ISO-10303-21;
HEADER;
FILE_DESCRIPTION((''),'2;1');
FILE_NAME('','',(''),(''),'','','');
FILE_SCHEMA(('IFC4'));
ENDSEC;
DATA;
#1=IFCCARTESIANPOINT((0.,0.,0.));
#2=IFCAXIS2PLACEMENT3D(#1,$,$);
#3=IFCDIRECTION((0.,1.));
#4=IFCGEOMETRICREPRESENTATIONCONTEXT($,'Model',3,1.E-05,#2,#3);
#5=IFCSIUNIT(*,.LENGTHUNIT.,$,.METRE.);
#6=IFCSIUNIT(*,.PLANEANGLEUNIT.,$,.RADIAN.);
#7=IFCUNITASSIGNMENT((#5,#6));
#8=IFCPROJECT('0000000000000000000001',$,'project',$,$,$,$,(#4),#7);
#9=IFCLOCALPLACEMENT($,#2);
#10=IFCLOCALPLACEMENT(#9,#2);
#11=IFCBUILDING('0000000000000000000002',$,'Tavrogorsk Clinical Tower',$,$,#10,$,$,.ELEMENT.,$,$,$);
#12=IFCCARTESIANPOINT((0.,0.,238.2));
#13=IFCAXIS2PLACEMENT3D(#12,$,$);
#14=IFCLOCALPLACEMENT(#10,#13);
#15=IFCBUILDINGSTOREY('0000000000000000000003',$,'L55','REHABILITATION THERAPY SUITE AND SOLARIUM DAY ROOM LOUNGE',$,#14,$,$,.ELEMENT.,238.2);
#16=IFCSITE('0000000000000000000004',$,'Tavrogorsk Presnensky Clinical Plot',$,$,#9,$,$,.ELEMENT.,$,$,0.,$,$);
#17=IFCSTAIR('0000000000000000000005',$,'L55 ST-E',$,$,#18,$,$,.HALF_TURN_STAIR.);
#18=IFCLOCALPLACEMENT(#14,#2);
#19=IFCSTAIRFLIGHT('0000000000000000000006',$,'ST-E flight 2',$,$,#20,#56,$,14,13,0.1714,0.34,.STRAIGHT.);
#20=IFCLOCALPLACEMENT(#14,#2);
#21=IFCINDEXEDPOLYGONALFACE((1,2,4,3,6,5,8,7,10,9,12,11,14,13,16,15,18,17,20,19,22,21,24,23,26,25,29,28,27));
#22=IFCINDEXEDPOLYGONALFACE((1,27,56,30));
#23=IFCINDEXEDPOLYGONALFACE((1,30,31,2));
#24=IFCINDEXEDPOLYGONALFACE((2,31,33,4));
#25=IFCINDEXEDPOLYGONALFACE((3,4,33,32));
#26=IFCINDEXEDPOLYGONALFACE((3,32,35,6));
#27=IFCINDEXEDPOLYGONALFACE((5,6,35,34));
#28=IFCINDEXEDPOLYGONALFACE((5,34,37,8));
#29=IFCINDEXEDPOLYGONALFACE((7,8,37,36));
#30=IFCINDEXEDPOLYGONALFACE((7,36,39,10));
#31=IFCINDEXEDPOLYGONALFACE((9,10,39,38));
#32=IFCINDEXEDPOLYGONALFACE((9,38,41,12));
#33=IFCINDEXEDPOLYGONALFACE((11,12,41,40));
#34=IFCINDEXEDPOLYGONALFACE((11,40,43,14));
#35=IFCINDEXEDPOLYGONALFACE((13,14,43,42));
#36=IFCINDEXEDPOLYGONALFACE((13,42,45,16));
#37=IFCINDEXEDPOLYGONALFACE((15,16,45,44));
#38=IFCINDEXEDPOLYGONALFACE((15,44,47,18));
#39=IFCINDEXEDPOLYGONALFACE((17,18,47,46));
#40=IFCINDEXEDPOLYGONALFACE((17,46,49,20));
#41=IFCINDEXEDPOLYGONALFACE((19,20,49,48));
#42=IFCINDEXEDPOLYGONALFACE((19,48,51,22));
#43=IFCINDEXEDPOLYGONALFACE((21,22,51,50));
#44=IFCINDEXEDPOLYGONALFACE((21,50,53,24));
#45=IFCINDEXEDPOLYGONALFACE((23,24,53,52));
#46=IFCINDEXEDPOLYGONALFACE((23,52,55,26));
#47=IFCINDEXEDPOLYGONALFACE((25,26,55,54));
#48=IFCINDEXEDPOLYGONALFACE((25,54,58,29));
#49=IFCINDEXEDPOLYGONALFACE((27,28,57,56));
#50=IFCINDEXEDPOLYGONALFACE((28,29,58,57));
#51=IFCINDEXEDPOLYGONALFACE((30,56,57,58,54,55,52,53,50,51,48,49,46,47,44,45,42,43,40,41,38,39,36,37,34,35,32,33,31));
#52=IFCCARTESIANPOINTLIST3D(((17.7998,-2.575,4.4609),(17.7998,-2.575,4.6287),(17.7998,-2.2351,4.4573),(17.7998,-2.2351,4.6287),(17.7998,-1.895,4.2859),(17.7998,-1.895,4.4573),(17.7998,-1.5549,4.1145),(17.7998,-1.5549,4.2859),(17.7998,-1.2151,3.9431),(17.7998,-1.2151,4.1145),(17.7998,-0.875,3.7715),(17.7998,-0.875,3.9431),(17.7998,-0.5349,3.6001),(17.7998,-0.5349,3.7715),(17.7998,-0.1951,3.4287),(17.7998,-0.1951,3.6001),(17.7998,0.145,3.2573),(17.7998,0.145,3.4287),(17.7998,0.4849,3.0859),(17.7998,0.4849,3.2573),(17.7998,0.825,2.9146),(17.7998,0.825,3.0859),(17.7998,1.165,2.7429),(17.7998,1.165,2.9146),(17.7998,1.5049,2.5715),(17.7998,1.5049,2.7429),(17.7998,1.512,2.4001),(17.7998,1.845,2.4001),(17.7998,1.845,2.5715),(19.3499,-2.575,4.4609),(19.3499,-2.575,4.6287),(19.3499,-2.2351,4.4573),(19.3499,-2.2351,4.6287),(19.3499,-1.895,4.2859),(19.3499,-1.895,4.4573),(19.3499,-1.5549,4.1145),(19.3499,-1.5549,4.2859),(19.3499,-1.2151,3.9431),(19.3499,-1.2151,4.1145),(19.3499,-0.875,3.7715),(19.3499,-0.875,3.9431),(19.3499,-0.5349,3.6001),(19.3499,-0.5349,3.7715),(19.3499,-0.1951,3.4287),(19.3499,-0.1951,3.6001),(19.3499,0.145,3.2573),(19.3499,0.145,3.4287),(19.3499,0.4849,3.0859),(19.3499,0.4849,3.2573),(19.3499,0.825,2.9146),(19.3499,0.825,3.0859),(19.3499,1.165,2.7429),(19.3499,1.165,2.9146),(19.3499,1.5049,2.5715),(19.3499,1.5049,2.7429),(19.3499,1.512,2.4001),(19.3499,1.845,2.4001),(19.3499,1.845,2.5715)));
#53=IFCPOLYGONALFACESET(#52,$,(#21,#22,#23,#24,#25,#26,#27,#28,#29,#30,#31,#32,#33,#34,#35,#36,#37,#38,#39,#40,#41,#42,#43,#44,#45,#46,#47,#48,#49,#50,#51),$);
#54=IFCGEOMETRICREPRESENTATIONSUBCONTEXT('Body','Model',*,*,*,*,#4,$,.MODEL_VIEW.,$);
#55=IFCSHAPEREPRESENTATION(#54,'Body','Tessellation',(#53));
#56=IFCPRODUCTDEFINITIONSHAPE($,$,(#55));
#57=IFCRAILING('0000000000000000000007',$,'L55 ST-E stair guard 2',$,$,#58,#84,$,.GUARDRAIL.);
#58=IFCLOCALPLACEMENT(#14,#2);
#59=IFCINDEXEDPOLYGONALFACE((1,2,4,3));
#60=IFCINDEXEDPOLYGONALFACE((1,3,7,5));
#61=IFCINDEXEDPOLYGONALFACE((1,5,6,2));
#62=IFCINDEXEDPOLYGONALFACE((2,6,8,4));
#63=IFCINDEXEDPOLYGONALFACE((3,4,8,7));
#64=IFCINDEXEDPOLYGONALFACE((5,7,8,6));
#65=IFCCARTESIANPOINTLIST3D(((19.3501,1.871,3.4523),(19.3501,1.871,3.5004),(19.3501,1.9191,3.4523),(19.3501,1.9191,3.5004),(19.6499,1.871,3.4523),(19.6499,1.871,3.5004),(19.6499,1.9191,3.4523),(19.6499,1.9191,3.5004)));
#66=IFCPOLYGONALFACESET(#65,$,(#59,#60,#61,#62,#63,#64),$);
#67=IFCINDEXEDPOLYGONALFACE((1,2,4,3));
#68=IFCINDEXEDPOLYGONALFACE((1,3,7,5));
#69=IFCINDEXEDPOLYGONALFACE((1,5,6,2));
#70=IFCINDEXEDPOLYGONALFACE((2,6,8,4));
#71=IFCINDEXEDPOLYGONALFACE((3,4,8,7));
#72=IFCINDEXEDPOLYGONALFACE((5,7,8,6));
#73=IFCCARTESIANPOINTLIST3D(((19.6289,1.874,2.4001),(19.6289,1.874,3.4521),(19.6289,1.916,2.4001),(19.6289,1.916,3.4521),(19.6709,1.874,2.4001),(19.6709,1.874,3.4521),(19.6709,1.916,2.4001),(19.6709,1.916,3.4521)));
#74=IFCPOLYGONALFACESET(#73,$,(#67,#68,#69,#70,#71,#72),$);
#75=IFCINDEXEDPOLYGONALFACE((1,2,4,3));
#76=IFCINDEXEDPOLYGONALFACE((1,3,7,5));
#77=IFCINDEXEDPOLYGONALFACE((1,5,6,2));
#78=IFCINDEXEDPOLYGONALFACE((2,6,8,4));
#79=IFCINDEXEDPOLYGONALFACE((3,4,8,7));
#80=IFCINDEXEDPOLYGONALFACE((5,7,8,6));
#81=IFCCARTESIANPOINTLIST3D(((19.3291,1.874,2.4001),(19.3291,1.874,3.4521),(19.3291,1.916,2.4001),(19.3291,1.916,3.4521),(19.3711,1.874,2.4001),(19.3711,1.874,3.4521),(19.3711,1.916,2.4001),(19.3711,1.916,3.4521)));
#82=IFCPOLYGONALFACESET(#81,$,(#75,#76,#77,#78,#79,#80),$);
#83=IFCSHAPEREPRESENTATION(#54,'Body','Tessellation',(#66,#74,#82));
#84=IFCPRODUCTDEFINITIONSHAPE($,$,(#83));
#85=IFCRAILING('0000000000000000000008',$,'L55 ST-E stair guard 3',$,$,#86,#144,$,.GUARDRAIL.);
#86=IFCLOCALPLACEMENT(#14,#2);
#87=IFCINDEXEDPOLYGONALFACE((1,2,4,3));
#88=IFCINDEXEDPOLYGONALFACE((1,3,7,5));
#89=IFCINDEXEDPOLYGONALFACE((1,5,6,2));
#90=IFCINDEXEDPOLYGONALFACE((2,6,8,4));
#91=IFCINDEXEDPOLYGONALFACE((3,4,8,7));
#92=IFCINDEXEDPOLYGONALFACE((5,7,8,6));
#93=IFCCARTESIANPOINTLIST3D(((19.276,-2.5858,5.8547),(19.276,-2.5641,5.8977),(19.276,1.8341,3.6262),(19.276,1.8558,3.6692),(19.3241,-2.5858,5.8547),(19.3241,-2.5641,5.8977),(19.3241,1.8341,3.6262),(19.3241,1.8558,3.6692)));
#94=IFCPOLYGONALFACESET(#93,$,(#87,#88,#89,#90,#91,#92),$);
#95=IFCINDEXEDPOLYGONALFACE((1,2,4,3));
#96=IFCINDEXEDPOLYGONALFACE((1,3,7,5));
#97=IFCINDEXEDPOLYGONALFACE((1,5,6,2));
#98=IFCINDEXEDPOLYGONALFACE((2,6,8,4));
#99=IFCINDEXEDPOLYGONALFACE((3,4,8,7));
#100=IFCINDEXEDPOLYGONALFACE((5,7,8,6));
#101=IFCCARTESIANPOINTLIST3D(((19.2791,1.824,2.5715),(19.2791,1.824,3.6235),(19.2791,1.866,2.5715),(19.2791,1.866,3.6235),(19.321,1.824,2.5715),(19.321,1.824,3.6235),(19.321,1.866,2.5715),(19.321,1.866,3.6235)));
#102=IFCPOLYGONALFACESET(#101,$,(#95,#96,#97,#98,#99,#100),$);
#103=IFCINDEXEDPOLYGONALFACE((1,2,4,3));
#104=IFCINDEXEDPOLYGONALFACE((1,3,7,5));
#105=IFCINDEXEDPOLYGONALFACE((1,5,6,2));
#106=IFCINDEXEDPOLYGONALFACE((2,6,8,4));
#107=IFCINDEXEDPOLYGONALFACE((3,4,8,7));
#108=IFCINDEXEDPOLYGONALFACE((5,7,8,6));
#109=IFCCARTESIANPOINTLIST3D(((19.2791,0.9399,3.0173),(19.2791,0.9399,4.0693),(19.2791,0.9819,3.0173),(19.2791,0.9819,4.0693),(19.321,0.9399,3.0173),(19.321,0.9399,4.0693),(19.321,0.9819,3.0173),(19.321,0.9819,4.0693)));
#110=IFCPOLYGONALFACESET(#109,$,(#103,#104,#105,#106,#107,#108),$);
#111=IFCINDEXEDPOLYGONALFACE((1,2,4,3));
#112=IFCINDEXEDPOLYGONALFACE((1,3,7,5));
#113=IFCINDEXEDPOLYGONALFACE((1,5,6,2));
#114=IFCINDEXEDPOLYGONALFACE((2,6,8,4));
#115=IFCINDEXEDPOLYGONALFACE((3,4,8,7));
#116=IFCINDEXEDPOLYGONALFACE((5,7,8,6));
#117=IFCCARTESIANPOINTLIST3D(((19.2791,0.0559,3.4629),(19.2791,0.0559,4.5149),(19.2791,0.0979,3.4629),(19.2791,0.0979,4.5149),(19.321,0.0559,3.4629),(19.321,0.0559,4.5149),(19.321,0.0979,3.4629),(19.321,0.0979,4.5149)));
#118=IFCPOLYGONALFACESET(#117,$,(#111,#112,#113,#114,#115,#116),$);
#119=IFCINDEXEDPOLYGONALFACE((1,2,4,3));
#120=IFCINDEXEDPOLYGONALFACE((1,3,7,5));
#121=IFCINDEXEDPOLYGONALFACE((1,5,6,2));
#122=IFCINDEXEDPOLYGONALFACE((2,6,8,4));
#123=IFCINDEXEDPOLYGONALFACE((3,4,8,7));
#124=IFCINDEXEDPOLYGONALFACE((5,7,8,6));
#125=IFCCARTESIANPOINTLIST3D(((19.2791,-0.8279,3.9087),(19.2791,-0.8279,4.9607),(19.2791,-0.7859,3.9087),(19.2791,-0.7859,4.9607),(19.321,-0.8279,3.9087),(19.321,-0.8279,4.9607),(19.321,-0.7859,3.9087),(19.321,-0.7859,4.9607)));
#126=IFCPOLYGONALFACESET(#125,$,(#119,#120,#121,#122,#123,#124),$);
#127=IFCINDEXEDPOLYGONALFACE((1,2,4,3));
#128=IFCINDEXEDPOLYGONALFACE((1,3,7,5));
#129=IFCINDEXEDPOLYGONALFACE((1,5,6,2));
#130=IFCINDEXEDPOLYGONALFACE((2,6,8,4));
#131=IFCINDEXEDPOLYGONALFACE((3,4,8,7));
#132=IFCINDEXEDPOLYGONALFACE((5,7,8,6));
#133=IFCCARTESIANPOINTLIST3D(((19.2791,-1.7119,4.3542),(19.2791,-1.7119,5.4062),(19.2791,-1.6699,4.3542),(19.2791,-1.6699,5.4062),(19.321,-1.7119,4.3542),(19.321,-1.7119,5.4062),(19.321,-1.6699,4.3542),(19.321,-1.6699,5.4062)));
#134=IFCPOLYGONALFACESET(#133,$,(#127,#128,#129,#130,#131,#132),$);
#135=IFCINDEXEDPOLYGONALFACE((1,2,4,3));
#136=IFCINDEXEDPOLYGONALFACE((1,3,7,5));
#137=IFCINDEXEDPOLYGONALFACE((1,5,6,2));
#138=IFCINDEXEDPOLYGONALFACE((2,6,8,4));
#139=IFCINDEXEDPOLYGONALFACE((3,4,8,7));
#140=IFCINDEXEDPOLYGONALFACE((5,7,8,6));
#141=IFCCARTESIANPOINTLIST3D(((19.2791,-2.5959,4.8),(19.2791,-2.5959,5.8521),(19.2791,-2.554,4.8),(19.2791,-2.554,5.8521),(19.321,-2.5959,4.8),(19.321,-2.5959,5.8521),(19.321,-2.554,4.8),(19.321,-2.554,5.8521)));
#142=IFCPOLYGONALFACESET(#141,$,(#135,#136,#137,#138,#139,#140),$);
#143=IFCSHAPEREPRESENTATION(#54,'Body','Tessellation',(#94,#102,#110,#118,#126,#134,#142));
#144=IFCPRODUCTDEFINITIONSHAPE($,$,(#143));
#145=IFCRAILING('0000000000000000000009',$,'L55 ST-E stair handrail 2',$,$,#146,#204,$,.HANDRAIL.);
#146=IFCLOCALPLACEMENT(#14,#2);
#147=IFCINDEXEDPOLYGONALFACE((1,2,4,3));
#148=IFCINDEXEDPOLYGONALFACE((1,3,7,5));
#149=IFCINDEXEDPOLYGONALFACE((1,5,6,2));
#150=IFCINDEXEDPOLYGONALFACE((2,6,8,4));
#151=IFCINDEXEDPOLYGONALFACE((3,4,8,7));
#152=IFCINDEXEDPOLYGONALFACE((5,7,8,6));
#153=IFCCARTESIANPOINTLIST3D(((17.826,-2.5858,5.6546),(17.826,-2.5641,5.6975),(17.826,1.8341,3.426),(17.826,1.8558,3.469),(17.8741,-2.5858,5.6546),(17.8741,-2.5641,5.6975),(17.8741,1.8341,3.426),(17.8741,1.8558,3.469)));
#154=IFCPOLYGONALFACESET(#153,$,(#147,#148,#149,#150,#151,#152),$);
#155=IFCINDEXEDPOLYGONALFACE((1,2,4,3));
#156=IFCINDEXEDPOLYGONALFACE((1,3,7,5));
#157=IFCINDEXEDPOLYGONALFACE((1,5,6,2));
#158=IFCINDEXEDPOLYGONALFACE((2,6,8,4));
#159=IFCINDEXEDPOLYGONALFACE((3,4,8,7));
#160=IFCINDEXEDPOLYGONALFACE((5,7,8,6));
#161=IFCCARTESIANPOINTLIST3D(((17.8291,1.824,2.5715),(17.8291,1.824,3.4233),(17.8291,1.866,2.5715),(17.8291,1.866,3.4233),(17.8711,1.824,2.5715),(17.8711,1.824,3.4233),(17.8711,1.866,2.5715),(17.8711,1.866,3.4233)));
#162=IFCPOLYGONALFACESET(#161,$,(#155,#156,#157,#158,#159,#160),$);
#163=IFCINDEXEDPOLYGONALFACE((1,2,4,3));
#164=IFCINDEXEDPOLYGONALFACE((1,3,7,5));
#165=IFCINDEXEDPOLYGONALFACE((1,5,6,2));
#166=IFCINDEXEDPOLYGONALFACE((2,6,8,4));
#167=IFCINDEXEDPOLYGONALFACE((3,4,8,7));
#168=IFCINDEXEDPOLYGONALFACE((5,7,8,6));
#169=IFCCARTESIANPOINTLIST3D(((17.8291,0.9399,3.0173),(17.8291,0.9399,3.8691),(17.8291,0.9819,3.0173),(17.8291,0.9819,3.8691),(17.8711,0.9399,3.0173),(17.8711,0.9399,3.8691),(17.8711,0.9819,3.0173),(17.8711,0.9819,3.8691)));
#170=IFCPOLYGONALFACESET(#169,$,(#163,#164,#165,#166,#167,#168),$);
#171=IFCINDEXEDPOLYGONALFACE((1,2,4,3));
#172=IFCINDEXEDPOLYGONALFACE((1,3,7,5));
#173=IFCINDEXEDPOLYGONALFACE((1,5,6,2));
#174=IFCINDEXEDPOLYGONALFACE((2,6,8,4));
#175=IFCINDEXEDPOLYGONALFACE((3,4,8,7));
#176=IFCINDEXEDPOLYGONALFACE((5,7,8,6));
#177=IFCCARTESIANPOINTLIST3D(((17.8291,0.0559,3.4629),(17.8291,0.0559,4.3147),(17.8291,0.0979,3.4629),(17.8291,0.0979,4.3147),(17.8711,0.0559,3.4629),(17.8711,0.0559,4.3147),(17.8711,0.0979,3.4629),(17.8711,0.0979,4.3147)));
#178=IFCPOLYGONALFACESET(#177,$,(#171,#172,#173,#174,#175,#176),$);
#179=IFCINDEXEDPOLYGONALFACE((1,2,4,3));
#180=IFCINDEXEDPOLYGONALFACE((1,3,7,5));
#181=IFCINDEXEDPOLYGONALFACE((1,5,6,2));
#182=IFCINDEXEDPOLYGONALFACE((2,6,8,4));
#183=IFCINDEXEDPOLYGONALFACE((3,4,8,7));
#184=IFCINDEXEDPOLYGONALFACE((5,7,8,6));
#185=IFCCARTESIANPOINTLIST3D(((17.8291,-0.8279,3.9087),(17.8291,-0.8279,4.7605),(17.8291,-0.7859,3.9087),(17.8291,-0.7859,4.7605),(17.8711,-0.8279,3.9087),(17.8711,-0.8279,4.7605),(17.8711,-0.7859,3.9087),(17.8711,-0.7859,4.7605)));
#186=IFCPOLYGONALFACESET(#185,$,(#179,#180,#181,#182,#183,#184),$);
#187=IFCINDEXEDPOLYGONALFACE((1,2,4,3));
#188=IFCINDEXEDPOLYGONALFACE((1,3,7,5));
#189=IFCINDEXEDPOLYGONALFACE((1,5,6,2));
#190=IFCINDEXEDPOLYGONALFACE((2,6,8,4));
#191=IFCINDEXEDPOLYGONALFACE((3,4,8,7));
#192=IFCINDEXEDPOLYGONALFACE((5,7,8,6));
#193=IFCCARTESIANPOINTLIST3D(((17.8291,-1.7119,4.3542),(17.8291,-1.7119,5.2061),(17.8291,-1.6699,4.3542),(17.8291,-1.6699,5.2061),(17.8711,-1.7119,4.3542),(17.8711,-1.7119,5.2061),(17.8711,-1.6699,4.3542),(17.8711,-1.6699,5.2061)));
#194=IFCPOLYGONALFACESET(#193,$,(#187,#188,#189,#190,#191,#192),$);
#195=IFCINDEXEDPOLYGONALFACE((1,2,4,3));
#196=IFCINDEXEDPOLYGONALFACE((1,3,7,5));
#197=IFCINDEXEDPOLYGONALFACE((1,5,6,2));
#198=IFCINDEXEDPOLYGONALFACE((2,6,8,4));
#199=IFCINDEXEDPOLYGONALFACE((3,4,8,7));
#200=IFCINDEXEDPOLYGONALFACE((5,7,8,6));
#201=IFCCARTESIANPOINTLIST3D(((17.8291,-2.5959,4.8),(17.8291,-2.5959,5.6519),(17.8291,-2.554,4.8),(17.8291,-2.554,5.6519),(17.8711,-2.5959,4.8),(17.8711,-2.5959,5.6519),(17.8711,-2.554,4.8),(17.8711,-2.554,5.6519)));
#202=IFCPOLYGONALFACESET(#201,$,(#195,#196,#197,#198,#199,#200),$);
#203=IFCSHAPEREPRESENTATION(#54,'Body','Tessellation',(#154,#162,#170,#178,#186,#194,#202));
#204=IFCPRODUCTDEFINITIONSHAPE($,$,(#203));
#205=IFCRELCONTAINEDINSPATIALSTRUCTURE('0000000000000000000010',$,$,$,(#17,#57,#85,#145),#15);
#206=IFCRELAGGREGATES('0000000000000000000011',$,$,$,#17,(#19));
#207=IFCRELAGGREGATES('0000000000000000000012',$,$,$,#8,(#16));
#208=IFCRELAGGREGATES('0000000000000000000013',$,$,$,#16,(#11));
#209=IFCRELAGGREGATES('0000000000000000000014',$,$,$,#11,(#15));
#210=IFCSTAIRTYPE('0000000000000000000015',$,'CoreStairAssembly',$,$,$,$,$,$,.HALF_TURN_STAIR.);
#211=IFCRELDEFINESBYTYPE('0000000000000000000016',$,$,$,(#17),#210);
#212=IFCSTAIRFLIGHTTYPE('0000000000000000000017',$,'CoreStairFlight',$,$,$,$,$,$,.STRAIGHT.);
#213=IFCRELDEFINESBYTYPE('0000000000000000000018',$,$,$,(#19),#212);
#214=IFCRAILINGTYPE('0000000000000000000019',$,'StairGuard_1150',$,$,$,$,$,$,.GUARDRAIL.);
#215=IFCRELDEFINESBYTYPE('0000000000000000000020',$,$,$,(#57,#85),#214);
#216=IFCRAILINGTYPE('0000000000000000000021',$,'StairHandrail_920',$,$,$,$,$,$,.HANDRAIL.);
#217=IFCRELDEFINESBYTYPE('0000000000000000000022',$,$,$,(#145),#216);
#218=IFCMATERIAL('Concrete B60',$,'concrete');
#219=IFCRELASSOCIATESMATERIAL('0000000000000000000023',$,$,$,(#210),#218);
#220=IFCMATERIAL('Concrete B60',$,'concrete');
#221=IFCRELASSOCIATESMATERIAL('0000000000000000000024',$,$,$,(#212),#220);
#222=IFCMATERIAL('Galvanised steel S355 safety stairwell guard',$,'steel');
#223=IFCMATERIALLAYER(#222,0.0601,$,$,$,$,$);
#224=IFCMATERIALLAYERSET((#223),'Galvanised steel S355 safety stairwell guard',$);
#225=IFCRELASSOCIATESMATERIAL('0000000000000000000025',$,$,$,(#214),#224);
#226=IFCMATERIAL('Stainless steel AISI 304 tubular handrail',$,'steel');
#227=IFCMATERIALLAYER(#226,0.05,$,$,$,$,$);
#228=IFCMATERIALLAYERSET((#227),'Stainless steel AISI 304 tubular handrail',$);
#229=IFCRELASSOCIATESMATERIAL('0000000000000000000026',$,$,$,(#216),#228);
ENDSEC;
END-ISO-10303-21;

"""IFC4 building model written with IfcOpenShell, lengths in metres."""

from ifc_helpers import new_model, si_unit, direction, frame, origin, origin_2d, place, context, subcontext, project, spatial, polyline, rectangle, outline, extrude, material, layer, layer_set, type_object, element, aggregate, save


model = new_model("IFC4")

# Units and contexts
model_context = context("Model", 3, precision=1e-05, world=origin(), true_north=direction((0.0, 1.0)))
body_context = subcontext(model_context, "Body", "Model", "MODEL_VIEW")
ifc_project = project(units=[si_unit("LENGTHUNIT", "METRE"), si_unit("PLANEANGLEUNIT", "RADIAN")], contexts=[model_context])

# Site, building, storey
site_placement = place(None, origin())
site = spatial("IfcSite", under=ifc_project, at=site_placement, Name="Tavrogorsk Presnensky Clinical Plot", CompositionType="ELEMENT", RefElevation=0.0)
building_placement = place(site_placement, origin())
building = spatial("IfcBuilding", under=site, at=building_placement, Name="Tavrogorsk Clinical Tower", CompositionType="ELEMENT")
storey_placement = place(building_placement, frame((0.0, 0.0, 238.2)))
storey = spatial("IfcBuildingStorey", under=building, at=storey_placement, Name="L55", Description="REHABILITATION THERAPY SUITE AND SOLARIUM DAY ROOM LOUNGE", CompositionType="ELEMENT", Elevation=238.2)

# Stair, stair flight
ifc_material_1 = material(Name="Concrete B60", Category="concrete")
stair_type = type_object("IfcStairType", Name="CoreStairAssembly", PredefinedType="HALF_TURN_STAIR", material=ifc_material_1)
stair_placement = place(storey_placement, origin())
stair = element("IfcStair", 1, at=stair_placement, inside=storey, type_object=stair_type, Name="L55 ST-E", PredefinedType="HALF_TURN_STAIR")
ifc_material_2 = material(Name="Concrete B60", Category="concrete")
stair_flight_type = type_object("IfcStairFlightType", Name="CoreStairFlight", PredefinedType="STRAIGHT", material=ifc_material_2)
stair_flight_placement = place(storey_placement, frame((18.575, 1.845, 2.4001), z_axis=(0.0, 0.0, 1.0), x_axis=(0.0, -1.0, 0.0)))
stair_flight = element("IfcStairFlight", 2, at=stair_flight_placement, type_object=stair_flight_type, Name="ST-E flight 2", NumberOfRisers=14, NumberOfTreads=13, PredefinedType="STRAIGHT", RiserHeight=0.1714, TreadLength=0.34, context=body_context, shape_type="SweptSolid", body=[
    extrude(outline(polyline([(0.0, 0.0), (0.0, 0.1714), (0.3401, 0.1714), (0.3401, 0.3428), (0.6799, 0.3428), (0.6799, 0.5144), (1.02, 0.5144), (1.02, 0.6858), (1.3601, 0.6858), (1.3601, 0.8572), (1.7, 0.8572), (1.7, 1.0286), (2.04, 1.0286), (2.04, 1.2), (2.3799, 1.2), (2.3799, 1.3713), (2.72, 1.3713), (2.72, 1.543), (3.0601, 1.543), (3.0601, 1.7144), (3.3999, 1.7144), (3.3999, 1.8857), (3.74, 1.8857), (3.74, 2.0571), (4.0801, 2.0571), (4.0801, 2.2285), (4.4199, 2.2285), (4.4199, 2.3999), (4.4199, 2.0608), (0.333, 0.0), (0.0, 0.0)])), frame((0.0, 0.7749, 0.0), z_axis=(0.0, -1.0, 0.0), x_axis=(1.0, 0.0, 0.0)), (0.0, 0.0, 1.0), 1.55),
])
aggregate(stair, [stair_flight])

# Railings
ifc_material_3 = material(Name="Galvanised steel S355 safety stairwell guard", Category="steel")
ifc_layer_1 = layer(ifc_material_3, 0.0601)
ifc_layer_set_1 = layer_set([ifc_layer_1], Name="Galvanised steel S355 safety stairwell guard")
railing_type_1 = type_object("IfcRailingType", Name="StairGuard_1150", PredefinedType="GUARDRAIL", material=ifc_layer_set_1)
railing_1_placement = place(storey_placement, frame((19.6499, 1.895, 2.4001)))
element("IfcRailing", 3, at=railing_1_placement, inside=storey, type_object=railing_type_1, Name="L55 ST-E stair guard 2", PredefinedType="GUARDRAIL", context=body_context, shape_type="SweptSolid", body=[
    extrude(rectangle(XDim=0.0481, YDim=0.0481, at=origin_2d()), frame((0.0, 0.0, 1.0762), z_axis=(-1.0, 0.0, 0.0), x_axis=(0.0, -1.0, 0.0)), (0.0, 0.0, 1.0), 0.2998),
    extrude(rectangle(XDim=0.042, YDim=0.042, at=origin_2d()), origin(), (0.0, 0.0, 1.0), 1.052),
    extrude(rectangle(XDim=0.042, YDim=0.042, at=origin_2d()), frame((-0.2998, 0.0, 0.0)), (0.0, 0.0, 1.0), 1.052),
])
railing_2_placement = place(storey_placement, frame((19.3, 1.845, 2.5715)))
element("IfcRailing", 4, at=railing_2_placement, inside=storey, type_object=railing_type_1, Name="L55 ST-E stair guard 3", PredefinedType="GUARDRAIL", context=body_context, shape_type="SweptSolid", body=[
    extrude(rectangle(XDim=0.0481, YDim=0.0481, at=origin_2d()), frame((0.0, 0.0, 1.0762), z_axis=(0.0, -0.892923, 0.45021), x_axis=(1.0, 0.0, 0.0)), (0.0, 0.0, 1.0), 4.95),
    extrude(rectangle(XDim=0.042, YDim=0.042, at=origin_2d()), origin(), (0.0, 0.0, 1.0), 1.052),
    extrude(rectangle(XDim=0.042, YDim=0.042, at=origin_2d()), frame((0.0, -0.884, 0.4458)), (0.0, 0.0, 1.0), 1.052),
    extrude(rectangle(XDim=0.042, YDim=0.042, at=origin_2d()), frame((0.0, -1.7681, 0.8914)), (0.0, 0.0, 1.0), 1.052),
    extrude(rectangle(XDim=0.042, YDim=0.042, at=origin_2d()), frame((0.0, -2.6519, 1.3372)), (0.0, 0.0, 1.0), 1.052),
    extrude(rectangle(XDim=0.042, YDim=0.042, at=origin_2d()), frame((0.0, -3.5359, 1.7827)), (0.0, 0.0, 1.0), 1.052),
    extrude(rectangle(XDim=0.042, YDim=0.042, at=origin_2d()), frame((0.0, -4.4199, 2.2285)), (0.0, 0.0, 1.0), 1.052),
])
ifc_material_4 = material(Name="Stainless steel AISI 304 tubular handrail", Category="steel")
ifc_layer_2 = layer(ifc_material_4, 0.05)
ifc_layer_set_2 = layer_set([ifc_layer_2], Name="Stainless steel AISI 304 tubular handrail")
railing_type_2 = type_object("IfcRailingType", Name="StairHandrail_920", PredefinedType="HANDRAIL", material=ifc_layer_set_2)
railing_3_placement = place(storey_placement, frame((17.8501, 1.845, 2.5715)))
element("IfcRailing", 5, at=railing_3_placement, inside=storey, type_object=railing_type_2, Name="L55 ST-E stair handrail 2", PredefinedType="HANDRAIL", context=body_context, shape_type="SweptSolid", body=[
    extrude(rectangle(XDim=0.0481, YDim=0.0481, at=origin_2d()), frame((0.0, 0.0, 0.876), z_axis=(0.0, -0.892923, 0.45021), x_axis=(1.0, 0.0, 0.0)), (0.0, 0.0, 1.0), 4.95),
    extrude(rectangle(XDim=0.042, YDim=0.042, at=origin_2d()), origin(), (0.0, 0.0, 1.0), 0.8518),
    extrude(rectangle(XDim=0.042, YDim=0.042, at=origin_2d()), frame((0.0, -0.884, 0.4458)), (0.0, 0.0, 1.0), 0.8518),
    extrude(rectangle(XDim=0.042, YDim=0.042, at=origin_2d()), frame((0.0, -1.7681, 0.8914)), (0.0, 0.0, 1.0), 0.8518),
    extrude(rectangle(XDim=0.042, YDim=0.042, at=origin_2d()), frame((0.0, -2.6519, 1.3372)), (0.0, 0.0, 1.0), 0.8518),
    extrude(rectangle(XDim=0.042, YDim=0.042, at=origin_2d()), frame((0.0, -3.5359, 1.7827)), (0.0, 0.0, 1.0), 0.8518),
    extrude(rectangle(XDim=0.042, YDim=0.042, at=origin_2d()), frame((0.0, -4.4199, 2.2285)), (0.0, 0.0, 1.0), 0.8518),
])

save(model, "model.ifc")
